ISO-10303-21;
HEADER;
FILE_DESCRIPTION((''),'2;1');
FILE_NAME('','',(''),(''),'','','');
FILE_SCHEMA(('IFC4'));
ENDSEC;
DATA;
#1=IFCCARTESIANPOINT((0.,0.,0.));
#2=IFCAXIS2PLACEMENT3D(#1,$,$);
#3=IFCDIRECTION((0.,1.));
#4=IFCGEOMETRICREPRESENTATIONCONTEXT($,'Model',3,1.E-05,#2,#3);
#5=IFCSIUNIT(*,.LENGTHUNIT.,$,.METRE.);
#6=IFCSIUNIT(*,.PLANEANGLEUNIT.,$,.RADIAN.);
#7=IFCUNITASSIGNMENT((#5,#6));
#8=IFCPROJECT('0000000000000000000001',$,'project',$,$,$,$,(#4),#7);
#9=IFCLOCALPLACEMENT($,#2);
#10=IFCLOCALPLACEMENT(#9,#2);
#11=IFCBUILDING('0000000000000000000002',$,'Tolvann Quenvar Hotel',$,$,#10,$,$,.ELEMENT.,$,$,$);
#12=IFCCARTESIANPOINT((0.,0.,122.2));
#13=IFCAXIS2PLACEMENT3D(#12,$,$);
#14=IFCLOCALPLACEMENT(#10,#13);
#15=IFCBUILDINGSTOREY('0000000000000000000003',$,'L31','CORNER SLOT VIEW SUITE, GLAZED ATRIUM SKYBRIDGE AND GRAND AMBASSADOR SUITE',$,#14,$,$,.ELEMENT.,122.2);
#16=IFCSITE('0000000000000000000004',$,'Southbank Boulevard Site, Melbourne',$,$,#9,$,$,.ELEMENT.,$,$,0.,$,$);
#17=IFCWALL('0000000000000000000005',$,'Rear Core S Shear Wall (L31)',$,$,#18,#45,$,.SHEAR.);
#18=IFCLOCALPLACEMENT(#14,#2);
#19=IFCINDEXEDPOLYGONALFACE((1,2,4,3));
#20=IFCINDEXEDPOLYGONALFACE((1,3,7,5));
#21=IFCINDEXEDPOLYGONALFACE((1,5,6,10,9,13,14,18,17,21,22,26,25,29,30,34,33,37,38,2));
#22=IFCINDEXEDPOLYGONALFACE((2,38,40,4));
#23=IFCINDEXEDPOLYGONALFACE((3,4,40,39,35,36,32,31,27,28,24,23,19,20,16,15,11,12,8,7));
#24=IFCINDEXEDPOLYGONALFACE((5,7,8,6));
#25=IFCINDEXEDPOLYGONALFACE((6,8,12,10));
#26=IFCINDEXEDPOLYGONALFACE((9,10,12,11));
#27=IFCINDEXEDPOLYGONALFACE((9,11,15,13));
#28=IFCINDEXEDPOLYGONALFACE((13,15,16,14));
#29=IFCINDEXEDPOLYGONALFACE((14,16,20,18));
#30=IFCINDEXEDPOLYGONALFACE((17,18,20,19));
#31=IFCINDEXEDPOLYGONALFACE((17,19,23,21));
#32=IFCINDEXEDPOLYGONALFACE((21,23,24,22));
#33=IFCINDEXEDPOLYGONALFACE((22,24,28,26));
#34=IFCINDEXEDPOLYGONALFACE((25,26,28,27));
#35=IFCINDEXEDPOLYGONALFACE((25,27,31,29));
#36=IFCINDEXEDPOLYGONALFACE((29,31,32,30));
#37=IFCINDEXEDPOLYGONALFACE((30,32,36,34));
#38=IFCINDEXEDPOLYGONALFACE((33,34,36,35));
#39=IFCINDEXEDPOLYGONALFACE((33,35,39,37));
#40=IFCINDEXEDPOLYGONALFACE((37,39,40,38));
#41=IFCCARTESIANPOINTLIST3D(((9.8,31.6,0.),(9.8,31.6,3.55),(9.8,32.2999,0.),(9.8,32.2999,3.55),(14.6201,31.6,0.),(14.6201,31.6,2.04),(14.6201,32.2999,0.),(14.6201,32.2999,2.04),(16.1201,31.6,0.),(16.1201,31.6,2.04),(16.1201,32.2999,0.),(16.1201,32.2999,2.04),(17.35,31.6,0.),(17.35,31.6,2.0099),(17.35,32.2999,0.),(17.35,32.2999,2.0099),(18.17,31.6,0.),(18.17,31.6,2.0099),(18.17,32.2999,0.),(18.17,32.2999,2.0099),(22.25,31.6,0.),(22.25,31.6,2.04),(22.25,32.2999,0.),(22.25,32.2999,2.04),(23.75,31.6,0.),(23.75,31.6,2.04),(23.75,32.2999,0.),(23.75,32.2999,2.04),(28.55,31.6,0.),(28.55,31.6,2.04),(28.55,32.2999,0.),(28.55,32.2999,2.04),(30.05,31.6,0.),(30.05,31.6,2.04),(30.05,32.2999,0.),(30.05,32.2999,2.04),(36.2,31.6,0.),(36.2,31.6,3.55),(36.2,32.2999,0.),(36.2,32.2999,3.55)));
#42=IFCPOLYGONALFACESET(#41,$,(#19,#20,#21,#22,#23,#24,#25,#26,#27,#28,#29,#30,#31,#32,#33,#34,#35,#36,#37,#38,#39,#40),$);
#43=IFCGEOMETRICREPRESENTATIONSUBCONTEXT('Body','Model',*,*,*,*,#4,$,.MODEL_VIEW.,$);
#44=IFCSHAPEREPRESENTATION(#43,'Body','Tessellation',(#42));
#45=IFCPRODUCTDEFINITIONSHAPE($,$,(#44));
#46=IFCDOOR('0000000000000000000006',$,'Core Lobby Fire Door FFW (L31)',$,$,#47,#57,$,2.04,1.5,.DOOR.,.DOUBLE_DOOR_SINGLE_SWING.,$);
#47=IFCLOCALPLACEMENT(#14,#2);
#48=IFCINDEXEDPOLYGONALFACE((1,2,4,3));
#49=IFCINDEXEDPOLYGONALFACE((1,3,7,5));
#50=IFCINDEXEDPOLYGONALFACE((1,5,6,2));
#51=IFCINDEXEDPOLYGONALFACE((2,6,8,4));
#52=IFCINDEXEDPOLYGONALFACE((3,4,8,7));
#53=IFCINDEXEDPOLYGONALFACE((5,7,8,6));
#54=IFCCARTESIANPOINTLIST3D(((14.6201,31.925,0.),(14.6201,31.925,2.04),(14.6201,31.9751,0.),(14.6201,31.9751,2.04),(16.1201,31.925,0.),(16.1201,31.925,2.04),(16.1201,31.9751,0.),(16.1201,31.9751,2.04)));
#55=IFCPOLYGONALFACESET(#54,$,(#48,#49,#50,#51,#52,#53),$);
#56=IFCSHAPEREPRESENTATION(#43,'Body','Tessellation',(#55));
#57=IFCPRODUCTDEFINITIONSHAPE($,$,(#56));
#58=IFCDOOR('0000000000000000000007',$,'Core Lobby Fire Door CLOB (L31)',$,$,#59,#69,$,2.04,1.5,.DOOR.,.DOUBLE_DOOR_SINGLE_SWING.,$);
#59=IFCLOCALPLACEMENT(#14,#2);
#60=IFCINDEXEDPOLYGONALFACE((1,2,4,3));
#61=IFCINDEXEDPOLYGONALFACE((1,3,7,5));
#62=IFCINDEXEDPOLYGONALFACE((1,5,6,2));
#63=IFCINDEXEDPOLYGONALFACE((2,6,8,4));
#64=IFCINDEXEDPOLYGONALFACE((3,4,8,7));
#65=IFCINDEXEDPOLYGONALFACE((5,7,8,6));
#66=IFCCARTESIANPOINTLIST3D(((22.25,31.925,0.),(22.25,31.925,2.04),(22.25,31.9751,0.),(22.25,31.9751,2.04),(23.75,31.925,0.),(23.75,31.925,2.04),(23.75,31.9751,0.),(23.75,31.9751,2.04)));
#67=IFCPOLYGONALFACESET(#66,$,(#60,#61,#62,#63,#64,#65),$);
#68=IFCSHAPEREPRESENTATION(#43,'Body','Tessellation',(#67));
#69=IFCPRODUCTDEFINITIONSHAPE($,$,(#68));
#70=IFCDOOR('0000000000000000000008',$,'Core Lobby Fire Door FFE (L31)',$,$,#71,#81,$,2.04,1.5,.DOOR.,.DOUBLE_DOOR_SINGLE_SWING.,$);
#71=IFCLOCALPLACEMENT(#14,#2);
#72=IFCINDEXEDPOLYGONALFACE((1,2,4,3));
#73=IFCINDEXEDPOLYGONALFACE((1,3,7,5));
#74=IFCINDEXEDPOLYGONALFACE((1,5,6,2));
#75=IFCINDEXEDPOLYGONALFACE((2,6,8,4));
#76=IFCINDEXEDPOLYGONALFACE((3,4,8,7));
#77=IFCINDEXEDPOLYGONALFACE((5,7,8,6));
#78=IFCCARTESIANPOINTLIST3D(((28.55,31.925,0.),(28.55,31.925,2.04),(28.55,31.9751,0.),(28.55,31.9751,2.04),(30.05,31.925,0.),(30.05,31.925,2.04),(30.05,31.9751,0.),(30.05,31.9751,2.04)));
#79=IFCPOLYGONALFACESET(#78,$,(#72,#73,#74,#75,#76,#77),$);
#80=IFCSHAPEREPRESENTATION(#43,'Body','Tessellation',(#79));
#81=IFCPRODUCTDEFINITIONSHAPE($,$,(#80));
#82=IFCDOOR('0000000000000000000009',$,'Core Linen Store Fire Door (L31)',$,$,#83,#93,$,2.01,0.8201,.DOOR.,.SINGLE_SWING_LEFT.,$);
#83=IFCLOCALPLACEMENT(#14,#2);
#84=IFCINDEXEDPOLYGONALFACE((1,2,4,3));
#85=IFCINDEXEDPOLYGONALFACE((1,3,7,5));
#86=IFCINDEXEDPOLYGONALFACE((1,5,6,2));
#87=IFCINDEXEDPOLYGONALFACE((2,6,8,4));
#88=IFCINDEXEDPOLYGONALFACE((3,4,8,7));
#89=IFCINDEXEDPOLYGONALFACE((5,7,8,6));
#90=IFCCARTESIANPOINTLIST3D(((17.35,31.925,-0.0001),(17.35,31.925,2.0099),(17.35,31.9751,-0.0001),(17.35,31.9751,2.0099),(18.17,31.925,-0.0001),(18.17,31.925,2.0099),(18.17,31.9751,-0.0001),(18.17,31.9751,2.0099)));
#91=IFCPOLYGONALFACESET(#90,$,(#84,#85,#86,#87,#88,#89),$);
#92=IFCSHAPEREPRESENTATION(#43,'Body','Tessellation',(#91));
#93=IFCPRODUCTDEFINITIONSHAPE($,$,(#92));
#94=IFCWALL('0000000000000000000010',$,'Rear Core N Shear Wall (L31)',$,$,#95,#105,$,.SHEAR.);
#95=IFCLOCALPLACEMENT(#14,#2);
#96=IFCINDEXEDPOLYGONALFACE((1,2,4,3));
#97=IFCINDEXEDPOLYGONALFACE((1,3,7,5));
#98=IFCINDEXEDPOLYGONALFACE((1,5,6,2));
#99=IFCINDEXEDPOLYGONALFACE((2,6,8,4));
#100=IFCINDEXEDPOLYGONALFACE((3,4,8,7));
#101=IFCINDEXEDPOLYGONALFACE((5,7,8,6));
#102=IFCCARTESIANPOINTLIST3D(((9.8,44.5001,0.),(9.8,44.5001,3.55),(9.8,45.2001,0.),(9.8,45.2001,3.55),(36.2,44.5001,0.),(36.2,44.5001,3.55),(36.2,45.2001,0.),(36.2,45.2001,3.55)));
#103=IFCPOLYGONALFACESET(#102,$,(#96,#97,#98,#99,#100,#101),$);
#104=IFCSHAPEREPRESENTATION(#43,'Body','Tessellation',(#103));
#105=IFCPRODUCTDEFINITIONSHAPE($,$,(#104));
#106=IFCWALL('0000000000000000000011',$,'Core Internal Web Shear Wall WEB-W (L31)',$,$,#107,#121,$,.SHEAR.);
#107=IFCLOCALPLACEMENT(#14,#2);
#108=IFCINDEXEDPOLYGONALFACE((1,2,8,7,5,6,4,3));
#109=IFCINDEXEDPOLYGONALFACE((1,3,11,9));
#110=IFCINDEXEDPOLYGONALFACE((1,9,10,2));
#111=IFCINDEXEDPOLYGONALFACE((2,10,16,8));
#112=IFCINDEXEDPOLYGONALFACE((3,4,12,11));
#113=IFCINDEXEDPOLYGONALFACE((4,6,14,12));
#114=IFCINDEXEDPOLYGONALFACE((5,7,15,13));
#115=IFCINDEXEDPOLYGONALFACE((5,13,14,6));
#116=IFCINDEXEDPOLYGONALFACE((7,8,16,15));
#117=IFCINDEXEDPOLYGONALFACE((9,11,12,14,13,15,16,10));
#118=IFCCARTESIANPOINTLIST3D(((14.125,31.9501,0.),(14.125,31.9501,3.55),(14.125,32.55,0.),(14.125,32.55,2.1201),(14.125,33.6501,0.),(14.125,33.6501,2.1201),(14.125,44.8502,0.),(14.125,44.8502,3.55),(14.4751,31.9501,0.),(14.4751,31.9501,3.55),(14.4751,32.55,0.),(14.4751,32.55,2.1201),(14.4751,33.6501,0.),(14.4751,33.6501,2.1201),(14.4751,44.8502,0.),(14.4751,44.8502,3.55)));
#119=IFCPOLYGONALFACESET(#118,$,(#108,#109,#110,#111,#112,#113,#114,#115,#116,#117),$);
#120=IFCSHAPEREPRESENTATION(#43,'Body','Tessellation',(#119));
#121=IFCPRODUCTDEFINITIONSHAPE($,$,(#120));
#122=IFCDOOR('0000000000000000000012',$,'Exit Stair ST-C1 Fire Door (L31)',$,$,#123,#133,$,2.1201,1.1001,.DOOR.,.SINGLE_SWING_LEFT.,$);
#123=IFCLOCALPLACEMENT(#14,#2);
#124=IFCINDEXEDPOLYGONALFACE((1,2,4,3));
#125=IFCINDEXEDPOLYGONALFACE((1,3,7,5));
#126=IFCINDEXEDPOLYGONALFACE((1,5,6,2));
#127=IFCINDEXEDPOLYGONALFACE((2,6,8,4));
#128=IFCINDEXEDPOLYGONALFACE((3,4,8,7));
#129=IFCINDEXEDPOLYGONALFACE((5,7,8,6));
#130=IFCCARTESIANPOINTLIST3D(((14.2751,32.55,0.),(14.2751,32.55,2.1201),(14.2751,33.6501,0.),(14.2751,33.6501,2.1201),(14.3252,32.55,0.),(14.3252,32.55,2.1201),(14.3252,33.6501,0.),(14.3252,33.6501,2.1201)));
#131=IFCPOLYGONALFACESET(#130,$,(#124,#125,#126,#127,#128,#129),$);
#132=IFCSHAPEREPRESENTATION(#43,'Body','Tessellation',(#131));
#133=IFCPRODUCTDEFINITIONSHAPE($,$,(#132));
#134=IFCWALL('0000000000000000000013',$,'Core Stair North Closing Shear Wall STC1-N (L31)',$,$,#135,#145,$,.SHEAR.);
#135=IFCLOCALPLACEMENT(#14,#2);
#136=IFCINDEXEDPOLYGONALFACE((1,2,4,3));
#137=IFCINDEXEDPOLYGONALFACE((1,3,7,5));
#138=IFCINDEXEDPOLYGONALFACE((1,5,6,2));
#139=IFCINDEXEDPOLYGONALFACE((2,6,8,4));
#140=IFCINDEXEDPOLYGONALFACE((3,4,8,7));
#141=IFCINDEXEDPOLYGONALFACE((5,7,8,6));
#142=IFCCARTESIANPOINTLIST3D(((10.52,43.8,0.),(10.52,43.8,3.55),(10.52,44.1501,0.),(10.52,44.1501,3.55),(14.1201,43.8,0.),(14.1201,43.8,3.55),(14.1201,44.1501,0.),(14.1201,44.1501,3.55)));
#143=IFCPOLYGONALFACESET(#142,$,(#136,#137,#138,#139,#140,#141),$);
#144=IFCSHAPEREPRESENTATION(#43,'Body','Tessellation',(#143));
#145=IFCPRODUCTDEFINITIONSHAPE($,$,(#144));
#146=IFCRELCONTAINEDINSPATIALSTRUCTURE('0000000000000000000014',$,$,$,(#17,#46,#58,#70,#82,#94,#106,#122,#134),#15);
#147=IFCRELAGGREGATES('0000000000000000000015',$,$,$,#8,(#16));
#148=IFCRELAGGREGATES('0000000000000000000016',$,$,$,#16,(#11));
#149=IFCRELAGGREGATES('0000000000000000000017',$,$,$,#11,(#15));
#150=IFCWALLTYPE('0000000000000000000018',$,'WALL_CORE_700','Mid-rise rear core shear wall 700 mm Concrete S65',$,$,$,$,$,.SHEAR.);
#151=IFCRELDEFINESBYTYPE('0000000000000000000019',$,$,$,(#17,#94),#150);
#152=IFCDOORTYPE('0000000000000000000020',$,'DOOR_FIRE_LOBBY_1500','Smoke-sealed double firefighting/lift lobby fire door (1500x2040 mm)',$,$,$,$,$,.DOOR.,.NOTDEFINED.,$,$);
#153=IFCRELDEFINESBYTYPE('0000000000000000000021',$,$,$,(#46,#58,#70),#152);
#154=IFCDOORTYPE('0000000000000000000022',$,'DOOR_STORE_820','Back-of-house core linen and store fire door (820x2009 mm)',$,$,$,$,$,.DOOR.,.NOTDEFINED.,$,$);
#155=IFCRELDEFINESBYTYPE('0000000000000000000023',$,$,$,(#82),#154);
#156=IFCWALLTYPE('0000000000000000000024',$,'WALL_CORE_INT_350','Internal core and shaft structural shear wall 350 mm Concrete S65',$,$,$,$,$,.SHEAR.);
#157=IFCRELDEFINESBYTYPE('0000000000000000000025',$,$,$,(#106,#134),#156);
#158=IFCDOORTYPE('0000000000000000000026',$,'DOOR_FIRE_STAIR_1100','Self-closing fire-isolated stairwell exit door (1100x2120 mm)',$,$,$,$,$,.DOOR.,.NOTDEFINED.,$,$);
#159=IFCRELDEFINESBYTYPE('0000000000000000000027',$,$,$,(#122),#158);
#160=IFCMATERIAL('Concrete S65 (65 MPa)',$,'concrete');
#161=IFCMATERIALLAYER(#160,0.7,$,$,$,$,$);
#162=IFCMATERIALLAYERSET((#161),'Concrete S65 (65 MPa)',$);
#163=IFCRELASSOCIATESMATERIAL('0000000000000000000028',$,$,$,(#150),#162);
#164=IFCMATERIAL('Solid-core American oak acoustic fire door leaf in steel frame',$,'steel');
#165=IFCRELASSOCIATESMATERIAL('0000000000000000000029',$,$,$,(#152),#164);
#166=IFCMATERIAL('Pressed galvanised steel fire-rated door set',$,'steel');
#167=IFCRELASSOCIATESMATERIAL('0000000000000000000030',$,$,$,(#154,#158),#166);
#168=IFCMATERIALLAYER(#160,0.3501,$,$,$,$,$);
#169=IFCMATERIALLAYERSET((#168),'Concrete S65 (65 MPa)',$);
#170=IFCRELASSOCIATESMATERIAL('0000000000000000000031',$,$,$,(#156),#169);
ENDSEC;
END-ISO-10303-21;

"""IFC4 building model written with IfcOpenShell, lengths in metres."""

from ifc_helpers import new_model, si_unit, direction, frame, frame_2d, origin, place, context, subcontext, project, spatial, rectangle, extrude, source, transform, mapped, material, layer, layer_set, type_object, type_shapes, element, fill, save


model = new_model("IFC4")

# Units and contexts
model_context = context("Model", 3, precision=1e-05, world=origin(), true_north=direction((0.0, 1.0)))
body_context = subcontext(model_context, "Body", "Model", "MODEL_VIEW")
ifc_project = project(units=[si_unit("LENGTHUNIT", "METRE"), si_unit("PLANEANGLEUNIT", "RADIAN")], contexts=[model_context])

# Site, building, storey
site_placement = place(None, origin())
site = spatial("IfcSite", under=ifc_project, at=site_placement, Name="Southbank Boulevard Site, Melbourne", CompositionType="ELEMENT", RefElevation=0.0)
building_placement = place(site_placement, origin())
building = spatial("IfcBuilding", under=site, at=building_placement, Name="Tolvann Quenvar Hotel", CompositionType="ELEMENT")
storey_placement = place(building_placement, frame((0.0, 0.0, 122.2)))
storey = spatial("IfcBuildingStorey", under=building, at=storey_placement, Name="L31", Description="CORNER SLOT VIEW SUITE, GLAZED ATRIUM SKYBRIDGE AND GRAND AMBASSADOR SUITE", CompositionType="ELEMENT", Elevation=122.2)

# Wall, openings, doors
ifc_material_1 = material(Name="Concrete S65 (65 MPa)", Category="concrete")
ifc_layer_1 = layer(ifc_material_1, 0.7)
ifc_layer_set_1 = layer_set([ifc_layer_1], Name="Concrete S65 (65 MPa)")
wall_type_1 = type_object("IfcWallType", Name="WALL_CORE_700", Description="Mid-rise rear core shear wall 700 mm Concrete S65", PredefinedType="SHEAR", material=ifc_layer_set_1)
wall_1_placement = place(storey_placement, frame((9.8, 31.95, 0.0), z_axis=(0.0, 0.0, 1.0), x_axis=(1.0, 0.0, 0.0)))
wall_1 = element("IfcWall", 1, at=wall_1_placement, inside=storey, type_object=wall_type_1, Name="Rear Core S Shear Wall (L31)", PredefinedType="SHEAR", context=body_context, shape_type="SweptSolid", body=[
    extrude(rectangle(XDim=26.3999, YDim=0.7, at=frame_2d((13.2, 0.0))), origin(), (0.0, 0.0, 1.0), 3.55),
])
opening_1_placement = place(wall_1_placement, frame((6.3201, 0.0, 0.0), z_axis=(0.0, 0.0, 1.0), x_axis=(-1.0, 0.0, 0.0)))
opening_1 = element("IfcOpeningElement", 2, at=opening_1_placement, cuts=wall_1, PredefinedType="OPENING", context=body_context, shape_type="SweptSolid", body=[
    extrude(rectangle(XDim=1.5, YDim=2.04, at=frame_2d((0.75, 1.02))), frame((0.0, 0.3599, 0.0), z_axis=(0.0, -1.0, 0.0), x_axis=(1.0, 0.0, 0.0)), (0.0, 0.0, 1.0), 0.72),
])
opening_2_placement = place(wall_1_placement, frame((13.95, 0.0, 0.0), z_axis=(0.0, 0.0, 1.0), x_axis=(-1.0, 0.0, 0.0)))
opening_2 = element("IfcOpeningElement", 3, at=opening_2_placement, cuts=wall_1, PredefinedType="OPENING", context=body_context, shape_type="SweptSolid", body=[
    extrude(rectangle(XDim=1.5, YDim=2.04, at=frame_2d((0.75, 1.02))), frame((0.0, 0.3599, 0.0), z_axis=(0.0, -1.0, 0.0), x_axis=(1.0, 0.0, 0.0)), (0.0, 0.0, 1.0), 0.72),
])
opening_3_placement = place(wall_1_placement, frame((20.25, 0.0, 0.0), z_axis=(0.0, 0.0, 1.0), x_axis=(-1.0, 0.0, 0.0)))
opening_3 = element("IfcOpeningElement", 4, at=opening_3_placement, cuts=wall_1, PredefinedType="OPENING", context=body_context, shape_type="SweptSolid", body=[
    extrude(rectangle(XDim=1.5, YDim=2.04, at=frame_2d((0.75, 1.02))), frame((0.0, 0.3599, 0.0), z_axis=(0.0, -1.0, 0.0), x_axis=(1.0, 0.0, 0.0)), (0.0, 0.0, 1.0), 0.72),
])
opening_4_placement = place(wall_1_placement, frame((8.3701, 0.0, 0.0), z_axis=(0.0, 0.0, 1.0), x_axis=(-1.0, 0.0, 0.0)))
opening_4 = element("IfcOpeningElement", 5, at=opening_4_placement, cuts=wall_1, PredefinedType="OPENING", context=body_context, shape_type="SweptSolid", body=[
    extrude(rectangle(XDim=0.8201, YDim=2.01, at=frame_2d((0.4102, 1.0049))), frame((0.0, 0.3599, 0.0), z_axis=(0.0, -1.0, 0.0), x_axis=(1.0, 0.0, 0.0)), (0.0, 0.0, 1.0), 0.72),
])
ifc_material_2 = material(Name="Solid-core American oak acoustic fire door leaf in steel frame", Category="steel")
door_type_1 = type_object("IfcDoorType", Name="DOOR_FIRE_LOBBY_1500", Description="Smoke-sealed double firefighting/lift lobby fire door (1500x2040 mm)", OperationType="NOTDEFINED", PredefinedType="DOOR", material=ifc_material_2)
shared_shape_1 = source(origin(), body_context, "Body", "SweptSolid", [
    extrude(rectangle(XDim=1.5, YDim=2.04, at=frame_2d((0.75, 1.02))), frame((0.0, 0.0249, 0.0), z_axis=(0.0, -1.0, 0.0), x_axis=(1.0, 0.0, 0.0)), (0.0, 0.0, 1.0), 0.05),
])
type_shapes(door_type_1, [shared_shape_1])
door_1_placement = place(opening_1_placement, origin())
door_1 = element("IfcDoor", 6, at=door_1_placement, inside=storey, type_object=door_type_1, Name="Core Lobby Fire Door FFW (L31)", OperationType="DOUBLE_DOOR_SINGLE_SWING", OverallHeight=2.04, OverallWidth=1.5, PredefinedType="DOOR", context=body_context, shape_type="MappedRepresentation", body=[
    mapped(shared_shape_1, transform((0.0, 0.0, 0.0), x_axis=(1.0, 0.0, 0.0), y_axis=(0.0, 1.0, 0.0), z_axis=(0.0, 0.0, 1.0), scale=1.0)),
])
fill(opening_1, door_1)
door_2_placement = place(opening_2_placement, origin())
door_2 = element("IfcDoor", 7, at=door_2_placement, inside=storey, type_object=door_type_1, Name="Core Lobby Fire Door CLOB (L31)", OperationType="DOUBLE_DOOR_SINGLE_SWING", OverallHeight=2.04, OverallWidth=1.5, PredefinedType="DOOR", context=body_context, shape_type="MappedRepresentation", body=[
    mapped(shared_shape_1, transform((0.0, 0.0, 0.0), x_axis=(1.0, 0.0, 0.0), y_axis=(0.0, 1.0, 0.0), z_axis=(0.0, 0.0, 1.0), scale=1.0)),
])
fill(opening_2, door_2)
door_3_placement = place(opening_3_placement, origin())
door_3 = element("IfcDoor", 8, at=door_3_placement, inside=storey, type_object=door_type_1, Name="Core Lobby Fire Door FFE (L31)", OperationType="DOUBLE_DOOR_SINGLE_SWING", OverallHeight=2.04, OverallWidth=1.5, PredefinedType="DOOR", context=body_context, shape_type="MappedRepresentation", body=[
    mapped(shared_shape_1, transform((0.0, 0.0, 0.0), x_axis=(1.0, 0.0, 0.0), y_axis=(0.0, 1.0, 0.0), z_axis=(0.0, 0.0, 1.0), scale=1.0)),
])
fill(opening_3, door_3)
ifc_material_3 = material(Name="Pressed galvanised steel fire-rated door set", Category="steel")
door_type_2 = type_object("IfcDoorType", Name="DOOR_STORE_820", Description="Back-of-house core linen and store fire door (820x2009 mm)", OperationType="NOTDEFINED", PredefinedType="DOOR", material=ifc_material_3)
shared_shape_2 = source(origin(), body_context, "Body", "SweptSolid", [
    extrude(rectangle(XDim=0.8201, YDim=2.01, at=frame_2d((0.4102, 1.0049))), frame((0.0, 0.0249, 0.0), z_axis=(0.0, -1.0, 0.0), x_axis=(1.0, 0.0, 0.0)), (0.0, 0.0, 1.0), 0.05),
])
type_shapes(door_type_2, [shared_shape_2])
door_4_placement = place(opening_4_placement, origin())
door_4 = element("IfcDoor", 9, at=door_4_placement, inside=storey, type_object=door_type_2, Name="Core Linen Store Fire Door (L31)", OperationType="SINGLE_SWING_LEFT", OverallHeight=2.01, OverallWidth=0.8201, PredefinedType="DOOR", context=body_context, shape_type="MappedRepresentation", body=[
    mapped(shared_shape_2, transform((0.0, 0.0, 0.0), x_axis=(1.0, 0.0, 0.0), y_axis=(0.0, 1.0, 0.0), z_axis=(0.0, 0.0, 1.0), scale=1.0)),
])
fill(opening_4, door_4)

# Wall
wall_2_placement = place(storey_placement, frame((9.8, 44.8501, 0.0), z_axis=(0.0, 0.0, 1.0), x_axis=(1.0, 0.0, 0.0)))
element("IfcWall", 10, at=wall_2_placement, inside=storey, type_object=wall_type_1, Name="Rear Core N Shear Wall (L31)", PredefinedType="SHEAR", context=body_context, shape_type="SweptSolid", body=[
    extrude(rectangle(XDim=26.3999, YDim=0.7, at=frame_2d((13.2, 0.0))), origin(), (0.0, 0.0, 1.0), 3.55),
])

# Wall, opening, door
ifc_layer_2 = layer(ifc_material_1, 0.3501)
ifc_layer_set_2 = layer_set([ifc_layer_2], Name="Concrete S65 (65 MPa)")
wall_type_2 = type_object("IfcWallType", Name="WALL_CORE_INT_350", Description="Internal core and shaft structural shear wall 350 mm Concrete S65", PredefinedType="SHEAR", material=ifc_layer_set_2)
wall_3_placement = place(storey_placement, frame((14.3, 31.95, 0.0), z_axis=(0.0, 0.0, 1.0), x_axis=(0.0, 1.0, 0.0)))
wall_3 = element("IfcWall", 11, at=wall_3_placement, inside=storey, type_object=wall_type_2, Name="Core Internal Web Shear Wall WEB-W (L31)", PredefinedType="SHEAR", context=body_context, shape_type="SweptSolid", body=[
    extrude(rectangle(XDim=12.9001, YDim=0.3501, at=frame_2d((6.4502, 0.0))), origin(), (0.0, 0.0, 1.0), 3.55),
])
opening_5_placement = place(wall_3_placement, frame((0.6001, 0.0, 0.0)))
opening_5 = element("IfcOpeningElement", 12, at=opening_5_placement, cuts=wall_3, PredefinedType="OPENING", context=body_context, shape_type="SweptSolid", body=[
    extrude(rectangle(XDim=1.1001, YDim=2.1201, at=frame_2d((0.55, 1.0601))), frame((0.0, 0.1851, 0.0), z_axis=(0.0, -1.0, 0.0), x_axis=(1.0, 0.0, 0.0)), (0.0, 0.0, 1.0), 0.3701),
])
door_type_3 = type_object("IfcDoorType", Name="DOOR_FIRE_STAIR_1100", Description="Self-closing fire-isolated stairwell exit door (1100x2120 mm)", OperationType="NOTDEFINED", PredefinedType="DOOR", material=ifc_material_3)
shared_shape_3 = source(origin(), body_context, "Body", "SweptSolid", [
    extrude(rectangle(XDim=1.1001, YDim=2.1201, at=frame_2d((0.55, 1.0601))), frame((0.0, 0.0249, 0.0), z_axis=(0.0, -1.0, 0.0), x_axis=(1.0, 0.0, 0.0)), (0.0, 0.0, 1.0), 0.05),
])
type_shapes(door_type_3, [shared_shape_3])
door_5_placement = place(opening_5_placement, origin())
door_5 = element("IfcDoor", 13, at=door_5_placement, inside=storey, type_object=door_type_3, Name="Exit Stair ST-C1 Fire Door (L31)", OperationType="SINGLE_SWING_LEFT", OverallHeight=2.1201, OverallWidth=1.1001, PredefinedType="DOOR", context=body_context, shape_type="MappedRepresentation", body=[
    mapped(shared_shape_3, transform((0.0, 0.0, 0.0), x_axis=(1.0, 0.0, 0.0), y_axis=(0.0, 1.0, 0.0), z_axis=(0.0, 0.0, 1.0), scale=1.0)),
])
fill(opening_5, door_5)

# Wall
wall_4_placement = place(storey_placement, frame((10.52, 43.9751, 0.0), z_axis=(0.0, 0.0, 1.0), x_axis=(1.0, 0.0, 0.0)))
element("IfcWall", 14, at=wall_4_placement, inside=storey, type_object=wall_type_2, Name="Core Stair North Closing Shear Wall STC1-N (L31)", PredefinedType="SHEAR", context=body_context, shape_type="SweptSolid", body=[
    extrude(rectangle(XDim=3.6001, YDim=0.3501, at=frame_2d((1.8, 0.0))), origin(), (0.0, 0.0, 1.0), 3.55),
])

save(model, "model.ifc")
